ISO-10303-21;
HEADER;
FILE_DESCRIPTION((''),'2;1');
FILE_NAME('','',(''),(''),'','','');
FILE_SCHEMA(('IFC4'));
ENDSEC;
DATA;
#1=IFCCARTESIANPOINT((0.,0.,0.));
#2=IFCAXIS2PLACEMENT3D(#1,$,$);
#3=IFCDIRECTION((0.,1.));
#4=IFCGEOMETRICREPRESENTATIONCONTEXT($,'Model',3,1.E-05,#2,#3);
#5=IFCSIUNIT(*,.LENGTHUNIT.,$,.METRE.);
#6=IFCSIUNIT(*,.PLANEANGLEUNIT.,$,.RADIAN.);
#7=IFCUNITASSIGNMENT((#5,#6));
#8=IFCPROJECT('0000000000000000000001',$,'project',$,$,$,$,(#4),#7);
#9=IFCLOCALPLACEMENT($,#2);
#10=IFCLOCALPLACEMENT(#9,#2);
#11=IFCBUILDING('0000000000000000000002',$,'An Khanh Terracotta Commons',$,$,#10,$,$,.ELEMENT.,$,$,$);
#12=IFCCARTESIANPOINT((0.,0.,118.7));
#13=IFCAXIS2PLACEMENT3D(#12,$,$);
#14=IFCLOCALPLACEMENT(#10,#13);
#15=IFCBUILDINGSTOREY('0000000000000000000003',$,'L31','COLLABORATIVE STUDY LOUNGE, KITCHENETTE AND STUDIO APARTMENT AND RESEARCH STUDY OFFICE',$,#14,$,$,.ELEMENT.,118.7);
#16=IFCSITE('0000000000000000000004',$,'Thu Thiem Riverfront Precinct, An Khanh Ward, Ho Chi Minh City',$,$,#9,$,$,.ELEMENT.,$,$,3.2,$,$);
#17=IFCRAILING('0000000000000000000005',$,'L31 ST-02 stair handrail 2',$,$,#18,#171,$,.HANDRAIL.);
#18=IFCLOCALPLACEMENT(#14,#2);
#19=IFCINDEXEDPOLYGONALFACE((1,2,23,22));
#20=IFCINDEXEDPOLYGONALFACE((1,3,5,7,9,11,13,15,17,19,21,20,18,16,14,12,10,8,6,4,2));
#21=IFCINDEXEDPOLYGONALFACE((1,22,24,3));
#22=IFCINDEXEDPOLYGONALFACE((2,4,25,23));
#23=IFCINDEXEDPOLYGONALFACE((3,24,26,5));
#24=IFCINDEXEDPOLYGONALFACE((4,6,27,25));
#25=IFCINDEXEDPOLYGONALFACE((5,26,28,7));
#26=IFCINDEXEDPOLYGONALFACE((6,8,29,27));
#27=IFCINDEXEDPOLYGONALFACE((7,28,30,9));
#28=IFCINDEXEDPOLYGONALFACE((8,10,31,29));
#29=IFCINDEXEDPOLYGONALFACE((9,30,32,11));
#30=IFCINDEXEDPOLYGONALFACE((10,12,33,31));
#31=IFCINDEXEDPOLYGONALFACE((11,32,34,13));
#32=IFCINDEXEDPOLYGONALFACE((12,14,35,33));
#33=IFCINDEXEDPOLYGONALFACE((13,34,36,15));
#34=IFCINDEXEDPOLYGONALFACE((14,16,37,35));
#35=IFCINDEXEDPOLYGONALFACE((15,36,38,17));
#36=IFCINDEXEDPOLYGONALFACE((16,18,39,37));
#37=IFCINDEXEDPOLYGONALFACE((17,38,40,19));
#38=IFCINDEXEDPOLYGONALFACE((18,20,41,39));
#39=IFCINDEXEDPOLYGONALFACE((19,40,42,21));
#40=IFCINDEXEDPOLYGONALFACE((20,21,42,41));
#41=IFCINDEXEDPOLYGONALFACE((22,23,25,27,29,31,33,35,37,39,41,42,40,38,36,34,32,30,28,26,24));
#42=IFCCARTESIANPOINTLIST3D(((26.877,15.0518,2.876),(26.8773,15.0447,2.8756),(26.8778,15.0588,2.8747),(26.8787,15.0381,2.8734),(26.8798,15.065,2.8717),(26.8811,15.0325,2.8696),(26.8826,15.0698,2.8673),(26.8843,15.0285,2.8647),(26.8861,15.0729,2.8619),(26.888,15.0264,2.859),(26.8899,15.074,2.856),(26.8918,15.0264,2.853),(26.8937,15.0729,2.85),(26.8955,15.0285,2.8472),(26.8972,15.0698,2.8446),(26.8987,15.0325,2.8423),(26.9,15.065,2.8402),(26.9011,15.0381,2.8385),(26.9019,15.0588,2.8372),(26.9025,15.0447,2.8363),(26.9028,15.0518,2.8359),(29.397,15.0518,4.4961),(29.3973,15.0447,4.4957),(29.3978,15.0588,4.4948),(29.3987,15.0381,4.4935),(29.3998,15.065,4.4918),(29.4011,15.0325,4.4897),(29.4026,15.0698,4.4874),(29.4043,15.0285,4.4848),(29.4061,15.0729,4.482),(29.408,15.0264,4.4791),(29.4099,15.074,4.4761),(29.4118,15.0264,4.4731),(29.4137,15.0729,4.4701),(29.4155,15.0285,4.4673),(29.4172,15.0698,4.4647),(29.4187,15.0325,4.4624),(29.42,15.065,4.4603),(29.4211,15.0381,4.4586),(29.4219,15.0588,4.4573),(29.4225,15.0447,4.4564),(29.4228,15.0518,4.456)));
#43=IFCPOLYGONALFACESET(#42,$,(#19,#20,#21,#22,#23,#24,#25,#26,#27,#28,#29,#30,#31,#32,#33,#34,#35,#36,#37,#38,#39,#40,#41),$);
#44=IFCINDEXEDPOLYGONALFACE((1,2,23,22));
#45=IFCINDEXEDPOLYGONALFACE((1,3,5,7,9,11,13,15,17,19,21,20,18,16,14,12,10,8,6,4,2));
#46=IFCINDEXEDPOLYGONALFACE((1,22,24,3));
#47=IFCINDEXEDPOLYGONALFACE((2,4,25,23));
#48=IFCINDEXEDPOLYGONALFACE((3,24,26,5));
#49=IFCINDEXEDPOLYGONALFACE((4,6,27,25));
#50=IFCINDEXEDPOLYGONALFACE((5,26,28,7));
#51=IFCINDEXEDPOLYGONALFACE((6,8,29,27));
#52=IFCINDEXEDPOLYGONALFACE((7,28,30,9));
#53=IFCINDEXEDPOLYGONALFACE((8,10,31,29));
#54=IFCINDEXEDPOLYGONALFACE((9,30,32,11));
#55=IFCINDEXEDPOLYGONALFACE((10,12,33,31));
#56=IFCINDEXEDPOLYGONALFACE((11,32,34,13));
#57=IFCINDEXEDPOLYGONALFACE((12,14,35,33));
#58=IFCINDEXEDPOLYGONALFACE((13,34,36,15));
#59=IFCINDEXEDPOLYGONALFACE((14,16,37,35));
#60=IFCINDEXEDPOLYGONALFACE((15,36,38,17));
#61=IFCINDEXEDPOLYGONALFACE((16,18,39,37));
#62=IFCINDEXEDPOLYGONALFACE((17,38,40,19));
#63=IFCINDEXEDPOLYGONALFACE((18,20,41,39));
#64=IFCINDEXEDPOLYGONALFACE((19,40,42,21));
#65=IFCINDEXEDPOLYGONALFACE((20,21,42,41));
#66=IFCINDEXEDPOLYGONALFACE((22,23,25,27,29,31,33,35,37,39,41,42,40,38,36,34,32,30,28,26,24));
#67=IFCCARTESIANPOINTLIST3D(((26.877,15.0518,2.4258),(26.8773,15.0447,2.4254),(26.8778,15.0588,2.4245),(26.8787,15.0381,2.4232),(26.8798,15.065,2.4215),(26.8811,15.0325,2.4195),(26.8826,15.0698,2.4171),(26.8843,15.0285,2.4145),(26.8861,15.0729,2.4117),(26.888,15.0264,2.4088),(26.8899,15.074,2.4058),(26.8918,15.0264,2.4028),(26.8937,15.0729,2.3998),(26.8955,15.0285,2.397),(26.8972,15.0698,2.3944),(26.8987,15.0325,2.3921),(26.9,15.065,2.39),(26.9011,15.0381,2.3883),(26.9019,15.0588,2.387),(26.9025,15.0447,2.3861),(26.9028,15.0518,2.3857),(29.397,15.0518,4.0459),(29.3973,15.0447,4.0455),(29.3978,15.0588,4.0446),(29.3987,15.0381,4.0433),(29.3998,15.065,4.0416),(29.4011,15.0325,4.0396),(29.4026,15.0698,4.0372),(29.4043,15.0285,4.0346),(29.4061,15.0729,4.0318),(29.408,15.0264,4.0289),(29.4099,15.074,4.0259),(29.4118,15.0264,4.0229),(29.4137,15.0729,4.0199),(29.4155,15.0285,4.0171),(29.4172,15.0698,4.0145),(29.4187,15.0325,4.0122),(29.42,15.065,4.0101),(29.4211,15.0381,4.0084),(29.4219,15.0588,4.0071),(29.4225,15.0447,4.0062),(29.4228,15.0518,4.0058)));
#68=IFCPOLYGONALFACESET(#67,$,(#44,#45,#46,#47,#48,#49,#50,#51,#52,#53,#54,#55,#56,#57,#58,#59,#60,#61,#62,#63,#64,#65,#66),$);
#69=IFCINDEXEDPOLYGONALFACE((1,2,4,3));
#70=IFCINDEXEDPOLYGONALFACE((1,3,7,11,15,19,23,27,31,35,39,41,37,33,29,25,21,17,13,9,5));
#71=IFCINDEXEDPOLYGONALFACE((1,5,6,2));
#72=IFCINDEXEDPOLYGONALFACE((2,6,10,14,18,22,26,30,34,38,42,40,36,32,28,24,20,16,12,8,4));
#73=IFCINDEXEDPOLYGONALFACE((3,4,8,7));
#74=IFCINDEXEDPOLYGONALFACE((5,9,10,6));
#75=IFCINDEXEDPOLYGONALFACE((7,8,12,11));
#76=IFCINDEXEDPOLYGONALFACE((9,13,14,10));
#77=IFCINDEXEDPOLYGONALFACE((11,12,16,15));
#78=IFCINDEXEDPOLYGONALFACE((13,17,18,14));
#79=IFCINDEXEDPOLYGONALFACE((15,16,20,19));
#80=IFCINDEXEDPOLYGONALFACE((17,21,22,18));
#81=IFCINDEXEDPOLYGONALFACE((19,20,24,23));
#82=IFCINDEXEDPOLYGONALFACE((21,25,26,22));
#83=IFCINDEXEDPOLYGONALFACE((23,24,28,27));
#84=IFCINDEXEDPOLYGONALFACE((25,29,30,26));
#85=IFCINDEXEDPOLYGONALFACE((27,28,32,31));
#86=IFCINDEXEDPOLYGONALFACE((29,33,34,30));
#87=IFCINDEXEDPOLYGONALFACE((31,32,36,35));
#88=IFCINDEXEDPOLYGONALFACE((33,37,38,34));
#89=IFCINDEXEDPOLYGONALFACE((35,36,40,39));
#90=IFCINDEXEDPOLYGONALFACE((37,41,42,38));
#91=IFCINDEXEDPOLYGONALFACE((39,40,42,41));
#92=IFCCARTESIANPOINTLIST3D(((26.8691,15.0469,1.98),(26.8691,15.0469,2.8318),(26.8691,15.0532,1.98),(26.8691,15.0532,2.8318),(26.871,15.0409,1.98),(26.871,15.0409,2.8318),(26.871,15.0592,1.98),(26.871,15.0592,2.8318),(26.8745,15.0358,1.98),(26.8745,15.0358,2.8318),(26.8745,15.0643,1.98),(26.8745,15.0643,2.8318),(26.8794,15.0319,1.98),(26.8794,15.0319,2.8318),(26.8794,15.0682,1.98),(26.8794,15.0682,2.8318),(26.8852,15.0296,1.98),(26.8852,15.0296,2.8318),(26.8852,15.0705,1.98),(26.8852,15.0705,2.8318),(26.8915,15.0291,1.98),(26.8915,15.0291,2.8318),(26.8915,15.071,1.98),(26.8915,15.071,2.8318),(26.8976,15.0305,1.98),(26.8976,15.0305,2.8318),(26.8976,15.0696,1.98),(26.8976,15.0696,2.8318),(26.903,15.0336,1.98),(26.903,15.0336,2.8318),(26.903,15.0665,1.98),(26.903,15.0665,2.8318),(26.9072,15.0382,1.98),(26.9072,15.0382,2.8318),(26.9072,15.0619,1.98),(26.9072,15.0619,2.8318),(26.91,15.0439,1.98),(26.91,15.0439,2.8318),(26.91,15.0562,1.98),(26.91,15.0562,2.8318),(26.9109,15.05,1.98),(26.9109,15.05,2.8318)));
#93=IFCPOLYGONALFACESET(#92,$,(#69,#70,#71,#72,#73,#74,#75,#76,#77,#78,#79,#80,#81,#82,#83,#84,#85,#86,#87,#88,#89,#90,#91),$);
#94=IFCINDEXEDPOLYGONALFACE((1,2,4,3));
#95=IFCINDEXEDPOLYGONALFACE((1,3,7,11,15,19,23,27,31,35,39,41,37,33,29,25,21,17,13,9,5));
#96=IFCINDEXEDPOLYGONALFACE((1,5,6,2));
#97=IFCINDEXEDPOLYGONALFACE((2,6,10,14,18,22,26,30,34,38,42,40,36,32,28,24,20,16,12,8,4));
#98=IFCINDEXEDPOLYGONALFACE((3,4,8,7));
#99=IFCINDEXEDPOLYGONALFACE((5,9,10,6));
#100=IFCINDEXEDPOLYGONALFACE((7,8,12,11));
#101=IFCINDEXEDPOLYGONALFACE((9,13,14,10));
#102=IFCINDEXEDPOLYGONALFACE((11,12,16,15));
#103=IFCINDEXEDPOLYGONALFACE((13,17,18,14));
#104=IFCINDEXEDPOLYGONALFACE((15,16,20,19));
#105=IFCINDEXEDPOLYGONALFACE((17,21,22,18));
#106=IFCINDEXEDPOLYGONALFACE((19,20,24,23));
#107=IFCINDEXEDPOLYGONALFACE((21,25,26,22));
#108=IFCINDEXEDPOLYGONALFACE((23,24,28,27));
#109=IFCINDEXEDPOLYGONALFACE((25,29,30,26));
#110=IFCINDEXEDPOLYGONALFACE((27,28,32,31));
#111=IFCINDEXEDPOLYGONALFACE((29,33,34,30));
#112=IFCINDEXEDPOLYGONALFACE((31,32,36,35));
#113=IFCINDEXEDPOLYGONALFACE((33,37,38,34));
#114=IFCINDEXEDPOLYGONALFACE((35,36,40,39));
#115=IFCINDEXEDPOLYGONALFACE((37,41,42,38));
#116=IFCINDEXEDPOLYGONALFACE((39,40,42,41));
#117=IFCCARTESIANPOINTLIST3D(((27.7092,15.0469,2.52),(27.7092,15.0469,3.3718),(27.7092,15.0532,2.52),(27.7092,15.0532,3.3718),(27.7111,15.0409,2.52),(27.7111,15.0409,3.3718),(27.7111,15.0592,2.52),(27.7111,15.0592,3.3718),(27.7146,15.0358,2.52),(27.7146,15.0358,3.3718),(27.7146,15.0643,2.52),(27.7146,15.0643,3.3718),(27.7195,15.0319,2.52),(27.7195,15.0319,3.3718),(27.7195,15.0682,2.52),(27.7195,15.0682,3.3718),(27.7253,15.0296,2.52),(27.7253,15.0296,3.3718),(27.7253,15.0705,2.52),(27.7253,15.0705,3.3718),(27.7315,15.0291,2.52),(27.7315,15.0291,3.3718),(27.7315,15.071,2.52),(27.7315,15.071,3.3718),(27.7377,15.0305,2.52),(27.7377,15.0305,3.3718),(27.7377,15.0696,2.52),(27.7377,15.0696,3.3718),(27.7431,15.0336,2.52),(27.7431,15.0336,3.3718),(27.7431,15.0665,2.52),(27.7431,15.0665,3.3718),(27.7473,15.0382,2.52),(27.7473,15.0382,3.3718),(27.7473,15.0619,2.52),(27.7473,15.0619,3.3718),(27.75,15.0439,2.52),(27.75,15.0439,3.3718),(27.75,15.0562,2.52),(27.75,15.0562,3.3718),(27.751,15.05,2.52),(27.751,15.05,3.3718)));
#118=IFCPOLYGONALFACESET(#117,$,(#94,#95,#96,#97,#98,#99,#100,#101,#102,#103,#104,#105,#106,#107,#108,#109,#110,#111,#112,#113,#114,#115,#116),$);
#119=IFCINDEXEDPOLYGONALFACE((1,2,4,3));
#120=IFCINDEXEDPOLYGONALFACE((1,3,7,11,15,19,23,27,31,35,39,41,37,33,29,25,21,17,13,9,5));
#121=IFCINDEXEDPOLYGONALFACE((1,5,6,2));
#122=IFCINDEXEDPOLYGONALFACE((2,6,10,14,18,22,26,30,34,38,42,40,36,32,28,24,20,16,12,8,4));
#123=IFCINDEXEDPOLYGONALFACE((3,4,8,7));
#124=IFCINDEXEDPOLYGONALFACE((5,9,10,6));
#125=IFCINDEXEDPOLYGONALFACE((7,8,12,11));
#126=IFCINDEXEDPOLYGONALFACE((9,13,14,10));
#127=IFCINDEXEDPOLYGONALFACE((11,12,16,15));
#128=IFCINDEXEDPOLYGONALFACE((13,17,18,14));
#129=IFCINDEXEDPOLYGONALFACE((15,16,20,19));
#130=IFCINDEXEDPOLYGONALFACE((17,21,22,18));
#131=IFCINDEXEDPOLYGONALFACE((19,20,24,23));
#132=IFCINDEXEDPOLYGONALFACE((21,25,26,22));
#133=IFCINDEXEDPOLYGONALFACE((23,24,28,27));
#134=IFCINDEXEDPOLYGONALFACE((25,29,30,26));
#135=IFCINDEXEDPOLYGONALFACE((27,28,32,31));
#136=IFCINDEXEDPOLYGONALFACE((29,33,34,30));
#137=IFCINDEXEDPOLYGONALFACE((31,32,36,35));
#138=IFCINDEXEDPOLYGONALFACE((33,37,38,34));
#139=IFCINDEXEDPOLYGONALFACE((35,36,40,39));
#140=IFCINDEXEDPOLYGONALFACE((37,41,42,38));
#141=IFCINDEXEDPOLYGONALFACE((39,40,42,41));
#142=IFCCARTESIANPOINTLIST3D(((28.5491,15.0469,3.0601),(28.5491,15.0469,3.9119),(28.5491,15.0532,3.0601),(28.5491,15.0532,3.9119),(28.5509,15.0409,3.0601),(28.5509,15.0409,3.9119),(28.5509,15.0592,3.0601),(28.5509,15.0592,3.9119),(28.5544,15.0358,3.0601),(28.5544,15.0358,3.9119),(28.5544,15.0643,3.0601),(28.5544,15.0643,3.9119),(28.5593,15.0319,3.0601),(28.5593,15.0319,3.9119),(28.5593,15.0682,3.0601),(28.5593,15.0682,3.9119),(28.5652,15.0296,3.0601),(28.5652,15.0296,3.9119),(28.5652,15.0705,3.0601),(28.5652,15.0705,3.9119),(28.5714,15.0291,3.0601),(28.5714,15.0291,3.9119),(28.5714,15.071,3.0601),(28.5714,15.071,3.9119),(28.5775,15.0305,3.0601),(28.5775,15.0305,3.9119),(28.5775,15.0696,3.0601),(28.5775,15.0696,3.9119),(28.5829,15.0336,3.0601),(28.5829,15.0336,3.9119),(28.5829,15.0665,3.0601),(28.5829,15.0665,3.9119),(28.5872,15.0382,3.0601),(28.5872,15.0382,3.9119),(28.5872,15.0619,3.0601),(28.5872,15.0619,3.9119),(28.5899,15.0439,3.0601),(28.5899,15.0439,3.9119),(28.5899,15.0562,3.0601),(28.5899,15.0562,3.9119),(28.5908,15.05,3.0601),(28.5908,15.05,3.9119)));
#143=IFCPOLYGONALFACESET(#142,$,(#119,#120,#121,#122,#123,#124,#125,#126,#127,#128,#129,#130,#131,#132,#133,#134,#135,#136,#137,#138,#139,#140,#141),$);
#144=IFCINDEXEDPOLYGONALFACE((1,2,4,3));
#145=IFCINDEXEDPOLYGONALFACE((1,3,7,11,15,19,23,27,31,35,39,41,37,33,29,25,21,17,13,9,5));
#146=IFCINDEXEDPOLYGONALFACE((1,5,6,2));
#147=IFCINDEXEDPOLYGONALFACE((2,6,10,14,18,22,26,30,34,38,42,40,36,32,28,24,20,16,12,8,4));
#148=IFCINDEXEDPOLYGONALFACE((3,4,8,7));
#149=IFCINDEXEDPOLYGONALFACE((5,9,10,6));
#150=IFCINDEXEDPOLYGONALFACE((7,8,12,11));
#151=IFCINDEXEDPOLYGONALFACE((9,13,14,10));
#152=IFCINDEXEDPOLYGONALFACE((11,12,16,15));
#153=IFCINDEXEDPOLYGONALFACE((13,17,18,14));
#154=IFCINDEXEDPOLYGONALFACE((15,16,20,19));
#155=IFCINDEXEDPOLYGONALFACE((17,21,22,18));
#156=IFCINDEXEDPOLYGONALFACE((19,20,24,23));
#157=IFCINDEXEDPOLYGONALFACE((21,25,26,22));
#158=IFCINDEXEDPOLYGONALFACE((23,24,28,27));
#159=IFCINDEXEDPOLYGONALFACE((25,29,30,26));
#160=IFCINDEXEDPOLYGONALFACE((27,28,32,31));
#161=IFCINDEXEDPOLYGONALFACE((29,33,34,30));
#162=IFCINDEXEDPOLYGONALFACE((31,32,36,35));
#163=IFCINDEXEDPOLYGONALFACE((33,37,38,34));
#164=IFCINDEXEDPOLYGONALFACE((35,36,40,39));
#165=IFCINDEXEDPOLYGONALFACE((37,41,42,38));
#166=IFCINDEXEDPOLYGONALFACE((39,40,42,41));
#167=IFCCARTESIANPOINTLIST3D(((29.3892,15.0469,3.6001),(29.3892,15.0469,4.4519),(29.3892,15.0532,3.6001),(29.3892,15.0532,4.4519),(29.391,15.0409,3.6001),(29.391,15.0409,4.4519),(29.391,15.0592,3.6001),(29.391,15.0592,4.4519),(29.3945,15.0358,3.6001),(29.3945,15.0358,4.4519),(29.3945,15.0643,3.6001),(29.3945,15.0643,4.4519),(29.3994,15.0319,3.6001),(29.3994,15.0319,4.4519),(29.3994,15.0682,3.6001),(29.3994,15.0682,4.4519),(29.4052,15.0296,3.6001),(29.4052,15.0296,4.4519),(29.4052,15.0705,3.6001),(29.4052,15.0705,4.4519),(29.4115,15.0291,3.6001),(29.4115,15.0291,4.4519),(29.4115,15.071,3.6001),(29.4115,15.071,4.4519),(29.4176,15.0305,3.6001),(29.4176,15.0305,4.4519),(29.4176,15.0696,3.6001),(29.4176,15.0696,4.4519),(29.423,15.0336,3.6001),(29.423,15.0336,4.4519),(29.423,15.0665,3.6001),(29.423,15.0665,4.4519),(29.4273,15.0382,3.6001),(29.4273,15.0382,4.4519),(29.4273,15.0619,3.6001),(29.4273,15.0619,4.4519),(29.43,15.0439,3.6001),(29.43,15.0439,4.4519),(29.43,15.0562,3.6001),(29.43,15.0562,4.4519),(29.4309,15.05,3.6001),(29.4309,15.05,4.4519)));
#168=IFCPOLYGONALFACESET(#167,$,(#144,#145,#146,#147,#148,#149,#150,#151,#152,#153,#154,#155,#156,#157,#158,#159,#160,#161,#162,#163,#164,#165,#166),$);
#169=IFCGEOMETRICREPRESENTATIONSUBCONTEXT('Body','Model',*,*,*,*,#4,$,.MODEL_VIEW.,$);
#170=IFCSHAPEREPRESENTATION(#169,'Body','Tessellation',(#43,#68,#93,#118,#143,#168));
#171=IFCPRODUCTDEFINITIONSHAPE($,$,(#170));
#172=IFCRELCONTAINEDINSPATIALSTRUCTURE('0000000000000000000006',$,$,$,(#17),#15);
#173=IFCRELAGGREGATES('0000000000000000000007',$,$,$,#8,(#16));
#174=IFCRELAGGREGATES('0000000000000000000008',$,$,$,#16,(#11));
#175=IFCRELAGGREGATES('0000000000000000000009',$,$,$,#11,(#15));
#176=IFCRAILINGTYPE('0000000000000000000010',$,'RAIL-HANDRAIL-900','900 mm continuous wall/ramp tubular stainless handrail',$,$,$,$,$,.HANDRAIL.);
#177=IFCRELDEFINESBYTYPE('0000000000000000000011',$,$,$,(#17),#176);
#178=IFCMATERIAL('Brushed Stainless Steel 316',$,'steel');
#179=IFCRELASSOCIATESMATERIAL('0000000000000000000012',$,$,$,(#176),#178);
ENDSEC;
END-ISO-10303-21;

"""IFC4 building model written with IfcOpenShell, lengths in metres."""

from ifc_helpers import new_model, si_unit, direction, frame, origin, origin_2d, place, context, subcontext, project, spatial, circle, extrude, material, type_object, element, save


model = new_model("IFC4")

# Units and contexts
model_context = context("Model", 3, precision=1e-05, world=origin(), true_north=direction((0.0, 1.0)))
body_context = subcontext(model_context, "Body", "Model", "MODEL_VIEW")
ifc_project = project(units=[si_unit("LENGTHUNIT", "METRE"), si_unit("PLANEANGLEUNIT", "RADIAN")], contexts=[model_context])

# Site, building, storey
site_placement = place(None, origin())
site = spatial("IfcSite", under=ifc_project, at=site_placement, Name="Thu Thiem Riverfront Precinct, An Khanh Ward, Ho Chi Minh City", CompositionType="ELEMENT", RefElevation=3.2)
building_placement = place(site_placement, origin())
building = spatial("IfcBuilding", under=site, at=building_placement, Name="An Khanh Terracotta Commons", CompositionType="ELEMENT")
storey_placement = place(building_placement, frame((0.0, 0.0, 118.7)))
storey = spatial("IfcBuildingStorey", under=building, at=storey_placement, Name="L31", Description="COLLABORATIVE STUDY LOUNGE, KITCHENETTE AND STUDIO APARTMENT AND RESEARCH STUDY OFFICE", CompositionType="ELEMENT", Elevation=118.7)

# Railing
ifc_material_1 = material(Name="Brushed Stainless Steel 316", Category="steel")
railing_type_1 = type_object("IfcRailingType", Name="RAIL-HANDRAIL-900", Description="900 mm continuous wall/ramp tubular stainless handrail", PredefinedType="HANDRAIL", material=ifc_material_1)
railing_1_placement = place(storey_placement, frame((26.8899, 15.05, 1.98)))
element("IfcRailing", 1, at=railing_1_placement, inside=storey, type_object=railing_type_1, Name="L31 ST-02 stair handrail 2", PredefinedType="HANDRAIL", context=body_context, shape_type="SweptSolid", body=[
    extrude(circle(Radius=0.0239, at=origin_2d()), frame((0.0, 0.0, 0.876), z_axis=(0.841163, 0.0, 0.540782), x_axis=(0.0, 1.0, 0.0)), (0.0, 0.0, 1.0), 2.9958),
    extrude(circle(Radius=0.0239, at=origin_2d()), frame((0.0, 0.0, 0.4258), z_axis=(0.841163, 0.0, 0.540782), x_axis=(0.0, 1.0, 0.0)), (0.0, 0.0, 1.0), 2.9958),
    extrude(circle(Radius=0.021, at=origin_2d()), origin(), (0.0, 0.0, 1.0), 0.8518),
    extrude(circle(Radius=0.021, at=origin_2d()), frame((0.8401, 0.0, 0.54)), (0.0, 0.0, 1.0), 0.8518),
    extrude(circle(Radius=0.021, at=origin_2d()), frame((1.6799, 0.0, 1.0801)), (0.0, 0.0, 1.0), 0.8518),
    extrude(circle(Radius=0.021, at=origin_2d()), frame((2.52, 0.0, 1.6201)), (0.0, 0.0, 1.0), 0.8518),
])

save(model, "model.ifc")
